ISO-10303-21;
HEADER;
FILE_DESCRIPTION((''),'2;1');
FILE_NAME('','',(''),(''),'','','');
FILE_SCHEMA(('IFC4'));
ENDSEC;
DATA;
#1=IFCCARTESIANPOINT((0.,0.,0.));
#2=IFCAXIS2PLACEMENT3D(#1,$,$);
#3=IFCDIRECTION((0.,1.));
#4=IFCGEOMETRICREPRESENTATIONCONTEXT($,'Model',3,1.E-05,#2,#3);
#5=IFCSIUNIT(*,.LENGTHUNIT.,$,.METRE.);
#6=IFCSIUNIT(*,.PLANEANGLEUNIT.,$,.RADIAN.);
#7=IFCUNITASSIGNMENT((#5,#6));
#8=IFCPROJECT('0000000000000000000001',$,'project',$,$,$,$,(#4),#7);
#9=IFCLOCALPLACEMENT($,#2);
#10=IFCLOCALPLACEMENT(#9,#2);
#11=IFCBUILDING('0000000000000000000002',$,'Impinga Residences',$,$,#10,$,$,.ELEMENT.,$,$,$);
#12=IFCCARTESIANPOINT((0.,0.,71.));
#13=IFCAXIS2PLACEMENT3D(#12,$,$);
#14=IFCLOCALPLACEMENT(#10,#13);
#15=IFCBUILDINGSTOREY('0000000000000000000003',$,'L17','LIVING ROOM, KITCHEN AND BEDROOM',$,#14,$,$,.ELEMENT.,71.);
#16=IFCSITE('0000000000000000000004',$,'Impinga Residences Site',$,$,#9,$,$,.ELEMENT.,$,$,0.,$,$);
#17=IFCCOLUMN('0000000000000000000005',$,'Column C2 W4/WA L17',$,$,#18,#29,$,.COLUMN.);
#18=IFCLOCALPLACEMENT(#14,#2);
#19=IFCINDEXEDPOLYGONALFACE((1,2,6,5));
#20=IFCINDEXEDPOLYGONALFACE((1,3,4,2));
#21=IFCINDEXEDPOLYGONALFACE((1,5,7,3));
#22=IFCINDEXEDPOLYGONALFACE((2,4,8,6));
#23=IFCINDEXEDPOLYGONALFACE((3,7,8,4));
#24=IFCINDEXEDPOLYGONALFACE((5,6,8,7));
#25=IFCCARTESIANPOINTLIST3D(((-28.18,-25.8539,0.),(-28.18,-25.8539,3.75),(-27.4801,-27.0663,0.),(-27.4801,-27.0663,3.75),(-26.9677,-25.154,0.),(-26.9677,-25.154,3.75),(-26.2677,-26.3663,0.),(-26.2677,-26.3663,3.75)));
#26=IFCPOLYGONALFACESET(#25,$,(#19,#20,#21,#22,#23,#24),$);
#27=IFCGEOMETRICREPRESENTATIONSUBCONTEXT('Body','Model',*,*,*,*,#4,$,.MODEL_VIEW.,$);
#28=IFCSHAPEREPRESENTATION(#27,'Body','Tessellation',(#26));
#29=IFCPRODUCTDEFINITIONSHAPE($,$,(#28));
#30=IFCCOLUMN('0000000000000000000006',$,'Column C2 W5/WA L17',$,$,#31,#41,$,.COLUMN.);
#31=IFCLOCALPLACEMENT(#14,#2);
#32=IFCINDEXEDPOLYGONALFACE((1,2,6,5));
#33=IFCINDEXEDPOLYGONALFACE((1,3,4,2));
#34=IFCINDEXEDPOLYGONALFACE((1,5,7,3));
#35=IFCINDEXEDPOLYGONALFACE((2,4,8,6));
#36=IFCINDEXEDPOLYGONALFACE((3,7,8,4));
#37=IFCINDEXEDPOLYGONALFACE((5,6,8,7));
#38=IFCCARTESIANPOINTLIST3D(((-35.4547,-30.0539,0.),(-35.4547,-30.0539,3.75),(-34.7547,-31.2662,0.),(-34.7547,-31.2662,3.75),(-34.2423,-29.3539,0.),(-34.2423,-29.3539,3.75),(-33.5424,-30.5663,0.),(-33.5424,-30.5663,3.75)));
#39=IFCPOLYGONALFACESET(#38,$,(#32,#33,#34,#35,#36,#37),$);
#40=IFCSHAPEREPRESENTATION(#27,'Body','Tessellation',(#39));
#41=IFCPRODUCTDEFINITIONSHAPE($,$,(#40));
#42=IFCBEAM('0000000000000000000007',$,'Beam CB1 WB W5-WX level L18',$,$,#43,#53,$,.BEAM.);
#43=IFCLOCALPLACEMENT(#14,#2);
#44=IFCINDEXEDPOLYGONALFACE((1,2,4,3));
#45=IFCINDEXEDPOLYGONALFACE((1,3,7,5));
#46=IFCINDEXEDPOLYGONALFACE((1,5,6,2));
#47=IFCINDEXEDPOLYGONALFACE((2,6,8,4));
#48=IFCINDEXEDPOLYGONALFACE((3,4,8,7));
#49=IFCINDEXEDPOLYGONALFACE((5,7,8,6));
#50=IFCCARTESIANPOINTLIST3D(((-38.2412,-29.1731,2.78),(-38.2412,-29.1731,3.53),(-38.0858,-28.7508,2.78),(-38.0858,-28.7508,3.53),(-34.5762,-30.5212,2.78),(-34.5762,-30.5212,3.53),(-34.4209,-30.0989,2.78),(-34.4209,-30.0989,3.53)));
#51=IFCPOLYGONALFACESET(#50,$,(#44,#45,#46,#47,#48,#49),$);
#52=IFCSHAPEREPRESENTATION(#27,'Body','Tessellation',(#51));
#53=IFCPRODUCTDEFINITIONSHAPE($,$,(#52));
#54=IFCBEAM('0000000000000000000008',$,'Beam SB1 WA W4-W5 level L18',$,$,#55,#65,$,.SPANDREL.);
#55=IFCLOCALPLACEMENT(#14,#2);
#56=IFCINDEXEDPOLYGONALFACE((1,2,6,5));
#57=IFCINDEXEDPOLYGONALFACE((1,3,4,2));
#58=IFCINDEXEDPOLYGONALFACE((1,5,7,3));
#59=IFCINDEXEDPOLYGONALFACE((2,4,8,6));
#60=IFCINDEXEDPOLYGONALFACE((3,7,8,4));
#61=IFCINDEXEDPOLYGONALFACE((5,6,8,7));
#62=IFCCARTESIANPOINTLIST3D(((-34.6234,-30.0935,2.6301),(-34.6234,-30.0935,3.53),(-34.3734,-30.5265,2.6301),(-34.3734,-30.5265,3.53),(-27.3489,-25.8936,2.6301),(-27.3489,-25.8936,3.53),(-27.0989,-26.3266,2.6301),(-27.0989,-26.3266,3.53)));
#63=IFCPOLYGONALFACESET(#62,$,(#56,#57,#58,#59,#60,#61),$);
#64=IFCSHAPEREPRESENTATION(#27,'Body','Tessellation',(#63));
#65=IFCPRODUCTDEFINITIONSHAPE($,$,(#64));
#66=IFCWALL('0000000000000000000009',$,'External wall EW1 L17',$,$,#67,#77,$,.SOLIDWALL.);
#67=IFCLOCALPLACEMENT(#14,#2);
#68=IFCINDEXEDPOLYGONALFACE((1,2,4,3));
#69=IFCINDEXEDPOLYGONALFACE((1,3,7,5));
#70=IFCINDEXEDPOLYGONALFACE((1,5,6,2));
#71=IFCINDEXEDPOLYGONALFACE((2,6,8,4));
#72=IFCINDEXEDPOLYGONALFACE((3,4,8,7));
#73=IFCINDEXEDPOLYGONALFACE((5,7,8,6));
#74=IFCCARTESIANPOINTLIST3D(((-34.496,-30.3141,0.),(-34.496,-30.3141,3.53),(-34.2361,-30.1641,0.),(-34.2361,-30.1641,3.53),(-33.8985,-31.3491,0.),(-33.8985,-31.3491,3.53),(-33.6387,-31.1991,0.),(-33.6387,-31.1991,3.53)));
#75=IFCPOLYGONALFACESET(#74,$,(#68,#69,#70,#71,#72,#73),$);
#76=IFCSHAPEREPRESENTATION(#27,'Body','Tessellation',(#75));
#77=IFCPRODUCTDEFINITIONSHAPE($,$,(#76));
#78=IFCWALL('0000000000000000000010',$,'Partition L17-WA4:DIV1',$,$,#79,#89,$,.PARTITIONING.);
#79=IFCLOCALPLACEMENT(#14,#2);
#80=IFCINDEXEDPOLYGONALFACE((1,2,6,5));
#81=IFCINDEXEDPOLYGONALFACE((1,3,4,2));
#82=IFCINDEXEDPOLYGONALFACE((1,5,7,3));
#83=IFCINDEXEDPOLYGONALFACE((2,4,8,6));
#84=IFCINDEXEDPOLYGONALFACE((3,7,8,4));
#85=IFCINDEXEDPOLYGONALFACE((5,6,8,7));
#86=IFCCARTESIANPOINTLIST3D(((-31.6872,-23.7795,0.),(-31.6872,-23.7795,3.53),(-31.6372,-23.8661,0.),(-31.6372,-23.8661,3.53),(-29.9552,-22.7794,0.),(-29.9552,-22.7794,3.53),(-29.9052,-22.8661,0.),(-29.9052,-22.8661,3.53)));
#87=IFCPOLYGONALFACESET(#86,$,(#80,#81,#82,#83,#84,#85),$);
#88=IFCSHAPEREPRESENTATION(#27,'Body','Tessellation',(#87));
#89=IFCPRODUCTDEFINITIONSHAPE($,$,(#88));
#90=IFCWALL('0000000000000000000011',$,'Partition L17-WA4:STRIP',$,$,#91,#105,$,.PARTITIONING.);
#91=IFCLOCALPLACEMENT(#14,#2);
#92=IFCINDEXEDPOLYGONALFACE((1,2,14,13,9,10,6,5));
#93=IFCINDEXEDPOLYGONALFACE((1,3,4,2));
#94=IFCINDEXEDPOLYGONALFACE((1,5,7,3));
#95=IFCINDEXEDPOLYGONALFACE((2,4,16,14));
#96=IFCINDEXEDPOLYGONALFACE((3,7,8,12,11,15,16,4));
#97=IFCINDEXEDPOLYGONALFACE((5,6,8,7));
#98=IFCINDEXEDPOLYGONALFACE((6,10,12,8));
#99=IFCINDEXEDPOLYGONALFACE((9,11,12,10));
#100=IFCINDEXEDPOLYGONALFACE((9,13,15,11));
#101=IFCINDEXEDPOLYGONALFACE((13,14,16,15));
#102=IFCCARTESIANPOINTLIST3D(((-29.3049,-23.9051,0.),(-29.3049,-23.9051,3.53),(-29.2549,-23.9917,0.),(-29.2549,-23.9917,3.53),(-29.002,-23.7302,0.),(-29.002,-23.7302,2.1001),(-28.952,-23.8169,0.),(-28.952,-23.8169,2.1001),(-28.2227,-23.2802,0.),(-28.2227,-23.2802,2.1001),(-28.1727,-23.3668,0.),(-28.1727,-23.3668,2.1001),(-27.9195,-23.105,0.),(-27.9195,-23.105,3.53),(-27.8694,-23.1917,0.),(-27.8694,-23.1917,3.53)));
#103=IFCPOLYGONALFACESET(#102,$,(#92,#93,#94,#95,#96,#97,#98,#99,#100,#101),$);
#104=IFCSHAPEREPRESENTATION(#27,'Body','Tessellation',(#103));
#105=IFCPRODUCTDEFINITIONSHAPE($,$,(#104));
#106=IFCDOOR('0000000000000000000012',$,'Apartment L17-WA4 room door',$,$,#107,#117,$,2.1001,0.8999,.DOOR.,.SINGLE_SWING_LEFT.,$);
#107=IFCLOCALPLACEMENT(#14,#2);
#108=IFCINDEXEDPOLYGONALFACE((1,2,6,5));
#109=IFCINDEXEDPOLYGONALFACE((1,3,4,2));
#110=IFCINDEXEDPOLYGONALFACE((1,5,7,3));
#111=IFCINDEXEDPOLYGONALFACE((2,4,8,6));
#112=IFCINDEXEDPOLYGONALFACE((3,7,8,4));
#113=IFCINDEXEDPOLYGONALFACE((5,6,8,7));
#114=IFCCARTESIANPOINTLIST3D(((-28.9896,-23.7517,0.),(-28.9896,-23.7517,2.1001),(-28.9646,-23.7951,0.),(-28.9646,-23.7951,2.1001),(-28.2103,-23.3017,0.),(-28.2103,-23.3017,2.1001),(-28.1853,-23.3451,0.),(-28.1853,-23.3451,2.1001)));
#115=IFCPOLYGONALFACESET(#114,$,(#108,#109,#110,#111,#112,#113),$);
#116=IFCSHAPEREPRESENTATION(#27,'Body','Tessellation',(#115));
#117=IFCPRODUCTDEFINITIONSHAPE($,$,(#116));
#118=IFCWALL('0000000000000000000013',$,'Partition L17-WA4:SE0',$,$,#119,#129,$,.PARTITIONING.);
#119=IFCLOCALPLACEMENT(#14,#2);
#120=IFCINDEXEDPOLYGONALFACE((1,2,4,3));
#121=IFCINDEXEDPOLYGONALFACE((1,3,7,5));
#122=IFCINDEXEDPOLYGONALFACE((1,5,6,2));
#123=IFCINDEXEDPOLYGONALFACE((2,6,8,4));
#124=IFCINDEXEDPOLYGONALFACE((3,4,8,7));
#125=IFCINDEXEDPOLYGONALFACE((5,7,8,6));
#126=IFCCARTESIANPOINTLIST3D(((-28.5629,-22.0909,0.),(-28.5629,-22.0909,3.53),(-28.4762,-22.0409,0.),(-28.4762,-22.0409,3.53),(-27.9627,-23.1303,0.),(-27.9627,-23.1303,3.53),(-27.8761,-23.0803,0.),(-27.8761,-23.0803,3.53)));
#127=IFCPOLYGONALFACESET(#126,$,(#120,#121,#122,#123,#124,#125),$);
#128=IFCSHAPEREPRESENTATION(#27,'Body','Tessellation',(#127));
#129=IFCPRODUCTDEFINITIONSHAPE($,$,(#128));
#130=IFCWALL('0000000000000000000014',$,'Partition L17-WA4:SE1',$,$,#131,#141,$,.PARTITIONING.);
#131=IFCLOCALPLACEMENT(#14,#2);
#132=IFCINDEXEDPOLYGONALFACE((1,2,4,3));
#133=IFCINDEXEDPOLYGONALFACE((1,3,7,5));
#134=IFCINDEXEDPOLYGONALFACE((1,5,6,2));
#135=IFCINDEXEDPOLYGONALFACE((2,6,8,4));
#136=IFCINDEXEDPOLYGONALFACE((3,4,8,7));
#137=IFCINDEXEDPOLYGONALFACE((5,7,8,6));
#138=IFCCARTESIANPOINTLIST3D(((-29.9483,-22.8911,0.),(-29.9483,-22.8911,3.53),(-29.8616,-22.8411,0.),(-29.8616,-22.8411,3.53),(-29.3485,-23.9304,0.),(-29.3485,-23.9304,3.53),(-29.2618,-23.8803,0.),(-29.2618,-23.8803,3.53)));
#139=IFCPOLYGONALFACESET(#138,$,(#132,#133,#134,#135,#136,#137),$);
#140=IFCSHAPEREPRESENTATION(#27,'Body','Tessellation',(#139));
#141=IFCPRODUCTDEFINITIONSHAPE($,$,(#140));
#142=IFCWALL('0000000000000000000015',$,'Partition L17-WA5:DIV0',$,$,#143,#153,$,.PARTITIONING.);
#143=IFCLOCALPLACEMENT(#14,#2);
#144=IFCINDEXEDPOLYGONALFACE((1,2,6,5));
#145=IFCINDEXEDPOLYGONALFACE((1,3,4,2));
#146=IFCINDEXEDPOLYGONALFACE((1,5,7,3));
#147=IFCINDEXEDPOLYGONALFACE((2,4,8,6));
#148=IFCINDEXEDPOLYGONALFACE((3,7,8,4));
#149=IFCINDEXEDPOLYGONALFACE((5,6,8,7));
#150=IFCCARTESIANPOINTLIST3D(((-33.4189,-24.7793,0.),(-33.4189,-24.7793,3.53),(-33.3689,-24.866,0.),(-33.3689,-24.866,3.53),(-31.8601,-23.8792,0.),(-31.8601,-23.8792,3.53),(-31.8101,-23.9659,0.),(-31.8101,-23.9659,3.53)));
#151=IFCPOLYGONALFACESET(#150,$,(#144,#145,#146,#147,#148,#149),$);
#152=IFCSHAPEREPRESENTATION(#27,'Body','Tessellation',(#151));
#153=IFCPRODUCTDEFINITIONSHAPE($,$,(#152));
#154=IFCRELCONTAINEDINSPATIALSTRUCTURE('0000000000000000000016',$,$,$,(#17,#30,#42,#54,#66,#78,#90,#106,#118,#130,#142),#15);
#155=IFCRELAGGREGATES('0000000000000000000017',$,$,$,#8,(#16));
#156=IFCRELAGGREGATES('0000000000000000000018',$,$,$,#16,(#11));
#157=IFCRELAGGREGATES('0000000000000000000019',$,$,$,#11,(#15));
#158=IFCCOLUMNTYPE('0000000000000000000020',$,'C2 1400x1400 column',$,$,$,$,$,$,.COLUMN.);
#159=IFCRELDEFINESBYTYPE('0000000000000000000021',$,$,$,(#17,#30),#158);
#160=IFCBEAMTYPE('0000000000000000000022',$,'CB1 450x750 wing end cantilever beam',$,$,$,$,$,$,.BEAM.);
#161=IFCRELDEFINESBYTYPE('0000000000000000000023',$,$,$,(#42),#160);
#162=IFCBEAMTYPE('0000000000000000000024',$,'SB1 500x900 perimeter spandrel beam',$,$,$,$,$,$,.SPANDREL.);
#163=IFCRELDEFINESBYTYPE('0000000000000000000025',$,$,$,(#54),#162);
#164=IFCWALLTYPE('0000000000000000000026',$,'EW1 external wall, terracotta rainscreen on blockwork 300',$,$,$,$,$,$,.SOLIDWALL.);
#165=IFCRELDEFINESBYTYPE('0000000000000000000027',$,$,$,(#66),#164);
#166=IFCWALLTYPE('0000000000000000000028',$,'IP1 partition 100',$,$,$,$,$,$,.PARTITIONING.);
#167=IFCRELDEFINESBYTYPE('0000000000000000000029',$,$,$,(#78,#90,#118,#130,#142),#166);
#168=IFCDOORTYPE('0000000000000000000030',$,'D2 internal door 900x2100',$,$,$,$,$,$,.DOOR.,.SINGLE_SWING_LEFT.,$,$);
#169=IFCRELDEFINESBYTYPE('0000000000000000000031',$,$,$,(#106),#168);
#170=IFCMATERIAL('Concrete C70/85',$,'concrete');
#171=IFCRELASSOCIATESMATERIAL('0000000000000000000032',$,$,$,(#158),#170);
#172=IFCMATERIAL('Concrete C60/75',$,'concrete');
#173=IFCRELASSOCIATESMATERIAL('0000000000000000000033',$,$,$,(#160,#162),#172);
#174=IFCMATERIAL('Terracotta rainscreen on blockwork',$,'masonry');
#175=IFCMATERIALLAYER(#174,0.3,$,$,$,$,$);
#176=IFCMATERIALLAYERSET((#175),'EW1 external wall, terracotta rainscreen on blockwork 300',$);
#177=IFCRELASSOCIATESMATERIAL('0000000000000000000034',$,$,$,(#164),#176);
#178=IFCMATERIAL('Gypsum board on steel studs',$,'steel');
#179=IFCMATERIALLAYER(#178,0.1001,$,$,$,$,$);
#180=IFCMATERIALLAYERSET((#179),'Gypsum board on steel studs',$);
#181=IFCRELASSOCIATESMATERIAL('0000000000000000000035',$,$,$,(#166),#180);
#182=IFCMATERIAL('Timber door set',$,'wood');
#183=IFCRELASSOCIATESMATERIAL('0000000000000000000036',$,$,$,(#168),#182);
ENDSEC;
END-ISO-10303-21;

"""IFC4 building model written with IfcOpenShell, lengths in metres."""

from ifc_helpers import new_model, si_unit, direction, frame, frame_2d, origin, origin_2d, place, context, subcontext, project, spatial, rectangle, extrude, material, layer, layer_set, material_profile, profile_set, type_object, element, fill, save


model = new_model("IFC4")

# Units and contexts
model_context = context("Model", 3, precision=1e-05, world=origin(), true_north=direction((0.0, 1.0)))
body_context = subcontext(model_context, "Body", "Model", "MODEL_VIEW")
ifc_project = project(units=[si_unit("LENGTHUNIT", "METRE"), si_unit("PLANEANGLEUNIT", "RADIAN")], contexts=[model_context])

# Site, building, storey
site_placement = place(None, origin())
site = spatial("IfcSite", under=ifc_project, at=site_placement, Name="Impinga Residences Site", CompositionType="ELEMENT", RefElevation=0.0)
building_placement = place(site_placement, origin())
building = spatial("IfcBuilding", under=site, at=building_placement, Name="Impinga Residences", CompositionType="ELEMENT")
storey_placement = place(building_placement, frame((0.0, 0.0, 71.0)))
storey = spatial("IfcBuildingStorey", under=building, at=storey_placement, Name="L17", Description="LIVING ROOM, KITCHEN AND BEDROOM", CompositionType="ELEMENT", Elevation=71.0)

# Columns
ifc_material_1 = material(Name="Concrete C70/85", Category="concrete")
ifc_material_profile_1 = material_profile(ifc_material_1, rectangle(XDim=1.3999, YDim=1.3999, at=origin_2d()), Name="RC 1400x1400")
ifc_profile_set_1 = profile_set([ifc_material_profile_1], Name="Concrete C70/85")
column_type = type_object("IfcColumnType", Name="C2 1400x1400 column", PredefinedType="COLUMN", material=ifc_profile_set_1)
for number, where, z_axis, x_axis, name in (
    (1, (-27.2239, -26.1101, 0.0), (0.0, 0.0, 1.0), (-0.5, 0.866025, 0.0), "Column C2 W4/WA L17"),
    (2, (-34.4985, -30.3101, 0.0), (0.0, 0.0, 1.0), (-0.5, 0.866025, 0.0), "Column C2 W5/WA L17"),
):
    element("IfcColumn", number, at=place(storey_placement, frame(where, z_axis=z_axis, x_axis=x_axis)), inside=storey, type_object=column_type, Name=name, PredefinedType="COLUMN", context=body_context, shape_type="SweptSolid", body=[
        extrude(rectangle(XDim=1.3999, YDim=1.3999, at=origin_2d()), origin(), (0.0, 0.0, 1.0), 3.75),
    ])

# Beams
ifc_material_2 = material(Name="Concrete C60/75", Category="concrete")
ifc_material_profile_2 = material_profile(ifc_material_2, rectangle(XDim=0.45, YDim=0.75, at=origin_2d()), Name="RC 450x750")
ifc_profile_set_2 = profile_set([ifc_material_profile_2], Name="Concrete C60/75")
beam_type_1 = type_object("IfcBeamType", Name="CB1 450x750 wing end cantilever beam", PredefinedType="BEAM", material=ifc_profile_set_2)
beam_1_placement = place(storey_placement, frame((-34.4985, -30.3101, 3.155), z_axis=(-0.93852, 0.345224, 0.0), x_axis=(-0.345224, -0.93852, 0.0)))
element("IfcBeam", 3, at=beam_1_placement, inside=storey, type_object=beam_type_1, Name="Beam CB1 WB W5-WX level L18", PredefinedType="BEAM", context=body_context, shape_type="SweptSolid", body=[
    extrude(rectangle(XDim=0.45, YDim=0.75, at=origin_2d()), origin(), (0.0, 0.0, 1.0), 3.905),
])
ifc_material_profile_3 = material_profile(ifc_material_2, rectangle(XDim=0.5, YDim=0.8999, at=origin_2d()), Name="RC 500x900")
ifc_profile_set_3 = profile_set([ifc_material_profile_3], Name="Concrete C60/75")
beam_type_2 = type_object("IfcBeamType", Name="SB1 500x900 perimeter spandrel beam", PredefinedType="SPANDREL", material=ifc_profile_set_3)
beam_2_placement = place(storey_placement, frame((-27.2239, -26.1101, 3.0801), z_axis=(-0.866029, -0.499993, 0.0), x_axis=(0.499993, -0.866029, 0.0)))
element("IfcBeam", 4, at=beam_2_placement, inside=storey, type_object=beam_type_2, Name="Beam SB1 WA W4-W5 level L18", PredefinedType="SPANDREL", context=body_context, shape_type="SweptSolid", body=[
    extrude(rectangle(XDim=0.5, YDim=0.8999, at=origin_2d()), origin(), (0.0, 0.0, 1.0), 8.3999),
])

# Walls
ifc_material_3 = material(Name="Terracotta rainscreen on blockwork", Category="masonry")
ifc_layer_1 = layer(ifc_material_3, 0.3)
ifc_layer_set_1 = layer_set([ifc_layer_1], Name="EW1 external wall, terracotta rainscreen on blockwork 300")
wall_type_1 = type_object("IfcWallType", Name="EW1 external wall, terracotta rainscreen on blockwork 300", PredefinedType="SOLIDWALL", material=ifc_layer_set_1)
wall_1_placement = place(storey_placement, frame((-33.7686, -31.2742, 0.0), z_axis=(0.0, 0.0, 1.0), x_axis=(-0.499941, 0.86606, 0.0)))
element("IfcWall", 5, at=wall_1_placement, inside=storey, type_object=wall_type_1, Name="External wall EW1 L17", PredefinedType="SOLIDWALL", context=body_context, shape_type="SweptSolid", body=[
    extrude(rectangle(XDim=1.1951, YDim=0.3, at=frame_2d((0.5977, 0.0))), origin(), (0.0, 0.0, 1.0), 3.53),
])
ifc_material_4 = material(Name="Gypsum board on steel studs", Category="steel")
ifc_layer_2 = layer(ifc_material_4, 0.1001)
ifc_layer_set_2 = layer_set([ifc_layer_2], Name="Gypsum board on steel studs")
wall_type_2 = type_object("IfcWallType", Name="IP1 partition 100", PredefinedType="PARTITIONING", material=ifc_layer_set_2)
wall_2_placement = place(storey_placement, frame((-29.9302, -22.8228, 0.0), z_axis=(0.0, 0.0, 1.0), x_axis=(-0.866011, -0.500025, 0.0)))
element("IfcWall", 6, at=wall_2_placement, inside=storey, type_object=wall_type_2, Name="Partition L17-WA4:DIV1", PredefinedType="PARTITIONING", context=body_context, shape_type="SweptSolid", body=[
    extrude(rectangle(XDim=2.0, YDim=0.1001, at=frame_2d((1.0, 0.0))), origin(), (0.0, 0.0, 1.0), 3.53),
])

# Wall, opening, door
wall_3_placement = place(storey_placement, frame((-27.8945, -23.1484, 0.0), z_axis=(0.0, 0.0, 1.0), x_axis=(-0.86599, -0.500061, 0.0)))
wall_3 = element("IfcWall", 7, at=wall_3_placement, inside=storey, type_object=wall_type_2, Name="Partition L17-WA4:STRIP", PredefinedType="PARTITIONING", context=body_context, shape_type="SweptSolid", body=[
    extrude(rectangle(XDim=1.5999, YDim=0.1001, at=frame_2d((0.7998, 0.0))), origin(), (0.0, 0.0, 1.0), 3.53),
])
opening_1_placement = place(wall_3_placement, frame((0.3501, 0.0, 0.0)))
opening_1 = element("IfcOpeningElement", 8, at=opening_1_placement, cuts=wall_3, PredefinedType="OPENING", context=body_context, shape_type="SweptSolid", body=[
    extrude(rectangle(XDim=0.8999, YDim=2.1001, at=frame_2d((0.45, 1.05))), frame((0.0, 0.0601, 0.0), z_axis=(0.0, -1.0, 0.0), x_axis=(1.0, 0.0, 0.0)), (0.0, 0.0, 1.0), 0.1201),
])
ifc_material_5 = material(Name="Timber door set", Category="wood")
door_type = type_object("IfcDoorType", Name="D2 internal door 900x2100", OperationType="SINGLE_SWING_LEFT", PredefinedType="DOOR", material=ifc_material_5)
door_1_placement = place(opening_1_placement, origin())
door_1 = element("IfcDoor", 9, at=door_1_placement, inside=storey, type_object=door_type, Name="Apartment L17-WA4 room door", OperationType="SINGLE_SWING_LEFT", OverallHeight=2.1001, OverallWidth=0.8999, PredefinedType="DOOR", context=body_context, shape_type="SweptSolid", body=[
    extrude(rectangle(XDim=0.8999, YDim=2.1001, at=frame_2d((0.45, 1.05))), frame((0.0, 0.0249, 0.0), z_axis=(0.0, -1.0, 0.0), x_axis=(1.0, 0.0, 0.0)), (0.0, 0.0, 1.0), 0.05),
])
fill(opening_1, door_1)

# Walls
wall_4_placement = place(storey_placement, frame((-28.5195, -22.0659, 0.0), z_axis=(0.0, 0.0, 1.0), x_axis=(0.500034, -0.866006, 0.0)))
element("IfcWall", 10, at=wall_4_placement, inside=storey, type_object=wall_type_2, Name="Partition L17-WA4:SE0", PredefinedType="PARTITIONING", context=body_context, shape_type="SweptSolid", body=[
    extrude(rectangle(XDim=1.2002, YDim=0.1001, at=frame_2d((0.6001, 0.0))), origin(), (0.0, 0.0, 1.0), 3.53),
])
wall_5_placement = place(storey_placement, frame((-29.905, -22.866, 0.0), z_axis=(0.0, 0.0, 1.0), x_axis=(0.499881, -0.866094, 0.0)))
element("IfcWall", 11, at=wall_5_placement, inside=storey, type_object=wall_type_2, Name="Partition L17-WA4:SE1", PredefinedType="PARTITIONING", context=body_context, shape_type="SweptSolid", body=[
    extrude(rectangle(XDim=1.2, YDim=0.1001, at=frame_2d((0.6001, 0.0))), origin(), (0.0, 0.0, 1.0), 3.53),
])
wall_6_placement = place(storey_placement, frame((-31.8352, -23.9226, 0.0), z_axis=(0.0, 0.0, 1.0), x_axis=(-0.865989, -0.500063, 0.0)))
element("IfcWall", 12, at=wall_6_placement, inside=storey, type_object=wall_type_2, Name="Partition L17-WA5:DIV0", PredefinedType="PARTITIONING", context=body_context, shape_type="SweptSolid", body=[
    extrude(rectangle(XDim=1.8, YDim=0.1001, at=frame_2d((0.8999, 0.0))), origin(), (0.0, 0.0, 1.0), 3.53),
])

save(model, "model.ifc")
